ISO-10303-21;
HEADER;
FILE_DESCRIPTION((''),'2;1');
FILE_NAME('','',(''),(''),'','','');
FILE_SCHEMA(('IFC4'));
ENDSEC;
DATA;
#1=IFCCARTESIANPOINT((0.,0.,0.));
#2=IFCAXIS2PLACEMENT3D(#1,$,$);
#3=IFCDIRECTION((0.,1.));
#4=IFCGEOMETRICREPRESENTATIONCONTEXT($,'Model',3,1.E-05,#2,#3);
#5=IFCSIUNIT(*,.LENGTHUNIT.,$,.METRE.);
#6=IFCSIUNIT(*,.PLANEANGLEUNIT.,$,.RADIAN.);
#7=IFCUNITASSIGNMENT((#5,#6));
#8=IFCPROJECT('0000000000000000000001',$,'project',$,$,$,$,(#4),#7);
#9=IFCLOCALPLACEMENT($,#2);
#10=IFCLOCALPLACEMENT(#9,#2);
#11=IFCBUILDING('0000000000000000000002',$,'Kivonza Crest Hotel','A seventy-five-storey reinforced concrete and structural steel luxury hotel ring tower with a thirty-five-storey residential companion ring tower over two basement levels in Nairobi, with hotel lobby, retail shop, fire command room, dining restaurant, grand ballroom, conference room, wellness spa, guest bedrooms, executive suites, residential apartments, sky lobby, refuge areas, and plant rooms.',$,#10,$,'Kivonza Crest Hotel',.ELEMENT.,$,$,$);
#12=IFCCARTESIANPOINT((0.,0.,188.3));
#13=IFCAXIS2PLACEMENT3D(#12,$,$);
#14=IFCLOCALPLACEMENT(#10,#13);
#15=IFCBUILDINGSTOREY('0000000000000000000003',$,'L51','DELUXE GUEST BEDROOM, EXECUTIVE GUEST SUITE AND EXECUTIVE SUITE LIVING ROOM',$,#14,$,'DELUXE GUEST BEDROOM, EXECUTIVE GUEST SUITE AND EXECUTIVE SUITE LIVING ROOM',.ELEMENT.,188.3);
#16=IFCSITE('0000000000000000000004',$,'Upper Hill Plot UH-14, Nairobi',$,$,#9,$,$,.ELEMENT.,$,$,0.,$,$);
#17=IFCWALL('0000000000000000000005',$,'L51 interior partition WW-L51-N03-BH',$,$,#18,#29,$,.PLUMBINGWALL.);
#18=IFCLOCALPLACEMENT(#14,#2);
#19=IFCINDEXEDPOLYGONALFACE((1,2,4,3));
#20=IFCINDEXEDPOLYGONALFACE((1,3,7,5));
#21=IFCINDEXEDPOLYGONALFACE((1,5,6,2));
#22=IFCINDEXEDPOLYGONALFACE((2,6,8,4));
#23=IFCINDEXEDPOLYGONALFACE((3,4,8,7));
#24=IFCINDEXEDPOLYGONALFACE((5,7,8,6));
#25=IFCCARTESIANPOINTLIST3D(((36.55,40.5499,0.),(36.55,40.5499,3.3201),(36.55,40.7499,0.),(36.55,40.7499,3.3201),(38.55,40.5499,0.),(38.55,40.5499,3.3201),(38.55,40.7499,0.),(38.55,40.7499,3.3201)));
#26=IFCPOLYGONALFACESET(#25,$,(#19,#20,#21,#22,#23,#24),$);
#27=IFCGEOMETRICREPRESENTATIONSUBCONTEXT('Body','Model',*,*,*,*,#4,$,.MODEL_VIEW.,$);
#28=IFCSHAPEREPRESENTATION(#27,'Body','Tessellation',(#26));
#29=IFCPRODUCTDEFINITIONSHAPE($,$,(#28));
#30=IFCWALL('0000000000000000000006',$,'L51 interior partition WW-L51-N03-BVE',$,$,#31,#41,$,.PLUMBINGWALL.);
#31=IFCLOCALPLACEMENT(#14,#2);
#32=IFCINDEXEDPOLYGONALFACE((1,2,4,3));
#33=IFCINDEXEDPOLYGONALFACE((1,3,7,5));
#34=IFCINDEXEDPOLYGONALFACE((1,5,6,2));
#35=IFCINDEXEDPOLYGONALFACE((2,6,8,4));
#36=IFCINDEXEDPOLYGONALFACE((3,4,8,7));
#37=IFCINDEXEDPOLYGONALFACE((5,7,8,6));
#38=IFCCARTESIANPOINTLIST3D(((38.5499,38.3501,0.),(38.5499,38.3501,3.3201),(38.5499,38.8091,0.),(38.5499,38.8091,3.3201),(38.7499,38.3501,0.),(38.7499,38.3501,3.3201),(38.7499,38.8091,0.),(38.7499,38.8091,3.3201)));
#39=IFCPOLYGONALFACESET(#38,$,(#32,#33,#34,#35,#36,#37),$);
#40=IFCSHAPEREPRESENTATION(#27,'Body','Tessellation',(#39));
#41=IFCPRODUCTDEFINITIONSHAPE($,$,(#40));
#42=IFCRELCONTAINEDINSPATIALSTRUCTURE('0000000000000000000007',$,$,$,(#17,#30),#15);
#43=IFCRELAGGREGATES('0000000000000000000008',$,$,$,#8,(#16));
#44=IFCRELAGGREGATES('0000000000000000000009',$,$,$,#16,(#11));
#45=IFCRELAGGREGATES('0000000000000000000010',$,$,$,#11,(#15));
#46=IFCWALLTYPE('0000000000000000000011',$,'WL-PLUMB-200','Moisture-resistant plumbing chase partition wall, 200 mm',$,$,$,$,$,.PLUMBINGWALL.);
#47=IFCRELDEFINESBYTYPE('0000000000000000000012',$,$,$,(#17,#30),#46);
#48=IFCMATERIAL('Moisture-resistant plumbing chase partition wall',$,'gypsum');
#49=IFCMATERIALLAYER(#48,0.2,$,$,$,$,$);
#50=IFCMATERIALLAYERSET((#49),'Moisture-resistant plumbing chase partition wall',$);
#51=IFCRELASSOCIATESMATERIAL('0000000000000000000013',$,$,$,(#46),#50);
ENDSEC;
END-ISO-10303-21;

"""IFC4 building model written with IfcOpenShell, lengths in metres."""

from ifc_helpers import new_model, si_unit, direction, frame, frame_2d, origin, place, context, subcontext, project, spatial, rectangle, extrude, material, layer, layer_set, type_object, element, save


model = new_model("IFC4")

# Units and contexts
model_context = context("Model", 3, precision=1e-05, world=origin(), true_north=direction((0.0, 1.0)))
body_context = subcontext(model_context, "Body", "Model", "MODEL_VIEW")
ifc_project = project(units=[si_unit("LENGTHUNIT", "METRE"), si_unit("PLANEANGLEUNIT", "RADIAN")], contexts=[model_context])

# Site, building, storey
site_placement = place(None, origin())
site = spatial("IfcSite", under=ifc_project, at=site_placement, Name="Upper Hill Plot UH-14, Nairobi", CompositionType="ELEMENT", RefElevation=0.0)
building_placement = place(site_placement, origin())
building = spatial("IfcBuilding", under=site, at=building_placement, Name="Kivonza Crest Hotel", Description="A seventy-five-storey reinforced concrete and structural steel luxury hotel ring tower with a thirty-five-storey residential companion ring tower over two basement levels in Nairobi, with hotel lobby, retail shop, fire command room, dining restaurant, grand ballroom, conference room, wellness spa, guest bedrooms, executive suites, residential apartments, sky lobby, refuge areas, and plant rooms.", LongName="Kivonza Crest Hotel", CompositionType="ELEMENT")
storey_placement = place(building_placement, frame((0.0, 0.0, 188.3)))
storey = spatial("IfcBuildingStorey", under=building, at=storey_placement, Name="L51", Description="DELUXE GUEST BEDROOM, EXECUTIVE GUEST SUITE AND EXECUTIVE SUITE LIVING ROOM", LongName="DELUXE GUEST BEDROOM, EXECUTIVE GUEST SUITE AND EXECUTIVE SUITE LIVING ROOM", CompositionType="ELEMENT", Elevation=188.3)

# Shared definitions
ifc_material_1 = material(Name="Moisture-resistant plumbing chase partition wall", Category="gypsum")
ifc_layer_1 = layer(ifc_material_1, 0.2)
ifc_layer_set_1 = layer_set([ifc_layer_1], Name="Moisture-resistant plumbing chase partition wall")
wall_type_1 = type_object("IfcWallType", Name="WL-PLUMB-200", Description="Moisture-resistant plumbing chase partition wall, 200 mm", PredefinedType="PLUMBINGWALL", material=ifc_layer_set_1)

# Walls
wall_1_placement = place(storey_placement, frame((36.55, 40.6499, 0.0), z_axis=(0.0, 0.0, 1.0), x_axis=(1.0, 0.0, 0.0)))
element("IfcWall", 1, at=wall_1_placement, inside=storey, type_object=wall_type_1, Name="L51 interior partition WW-L51-N03-BH", PredefinedType="PLUMBINGWALL", context=body_context, shape_type="SweptSolid", body=[
    extrude(rectangle(XDim=2.0, YDim=0.2, at=frame_2d((1.0, 0.0))), origin(), (0.0, 0.0, 1.0), 3.3201),
])
wall_2_placement = place(storey_placement, frame((38.6499, 38.3501, 0.0), z_axis=(0.0, 0.0, 1.0), x_axis=(0.0, 1.0, 0.0)))
element("IfcWall", 2, at=wall_2_placement, inside=storey, type_object=wall_type_1, Name="L51 interior partition WW-L51-N03-BVE", PredefinedType="PLUMBINGWALL", context=body_context, shape_type="SweptSolid", body=[
    extrude(rectangle(XDim=0.459, YDim=0.2, at=frame_2d((0.2295, 0.0))), origin(), (0.0, 0.0, 1.0), 3.3201),
])

save(model, "model.ifc")
